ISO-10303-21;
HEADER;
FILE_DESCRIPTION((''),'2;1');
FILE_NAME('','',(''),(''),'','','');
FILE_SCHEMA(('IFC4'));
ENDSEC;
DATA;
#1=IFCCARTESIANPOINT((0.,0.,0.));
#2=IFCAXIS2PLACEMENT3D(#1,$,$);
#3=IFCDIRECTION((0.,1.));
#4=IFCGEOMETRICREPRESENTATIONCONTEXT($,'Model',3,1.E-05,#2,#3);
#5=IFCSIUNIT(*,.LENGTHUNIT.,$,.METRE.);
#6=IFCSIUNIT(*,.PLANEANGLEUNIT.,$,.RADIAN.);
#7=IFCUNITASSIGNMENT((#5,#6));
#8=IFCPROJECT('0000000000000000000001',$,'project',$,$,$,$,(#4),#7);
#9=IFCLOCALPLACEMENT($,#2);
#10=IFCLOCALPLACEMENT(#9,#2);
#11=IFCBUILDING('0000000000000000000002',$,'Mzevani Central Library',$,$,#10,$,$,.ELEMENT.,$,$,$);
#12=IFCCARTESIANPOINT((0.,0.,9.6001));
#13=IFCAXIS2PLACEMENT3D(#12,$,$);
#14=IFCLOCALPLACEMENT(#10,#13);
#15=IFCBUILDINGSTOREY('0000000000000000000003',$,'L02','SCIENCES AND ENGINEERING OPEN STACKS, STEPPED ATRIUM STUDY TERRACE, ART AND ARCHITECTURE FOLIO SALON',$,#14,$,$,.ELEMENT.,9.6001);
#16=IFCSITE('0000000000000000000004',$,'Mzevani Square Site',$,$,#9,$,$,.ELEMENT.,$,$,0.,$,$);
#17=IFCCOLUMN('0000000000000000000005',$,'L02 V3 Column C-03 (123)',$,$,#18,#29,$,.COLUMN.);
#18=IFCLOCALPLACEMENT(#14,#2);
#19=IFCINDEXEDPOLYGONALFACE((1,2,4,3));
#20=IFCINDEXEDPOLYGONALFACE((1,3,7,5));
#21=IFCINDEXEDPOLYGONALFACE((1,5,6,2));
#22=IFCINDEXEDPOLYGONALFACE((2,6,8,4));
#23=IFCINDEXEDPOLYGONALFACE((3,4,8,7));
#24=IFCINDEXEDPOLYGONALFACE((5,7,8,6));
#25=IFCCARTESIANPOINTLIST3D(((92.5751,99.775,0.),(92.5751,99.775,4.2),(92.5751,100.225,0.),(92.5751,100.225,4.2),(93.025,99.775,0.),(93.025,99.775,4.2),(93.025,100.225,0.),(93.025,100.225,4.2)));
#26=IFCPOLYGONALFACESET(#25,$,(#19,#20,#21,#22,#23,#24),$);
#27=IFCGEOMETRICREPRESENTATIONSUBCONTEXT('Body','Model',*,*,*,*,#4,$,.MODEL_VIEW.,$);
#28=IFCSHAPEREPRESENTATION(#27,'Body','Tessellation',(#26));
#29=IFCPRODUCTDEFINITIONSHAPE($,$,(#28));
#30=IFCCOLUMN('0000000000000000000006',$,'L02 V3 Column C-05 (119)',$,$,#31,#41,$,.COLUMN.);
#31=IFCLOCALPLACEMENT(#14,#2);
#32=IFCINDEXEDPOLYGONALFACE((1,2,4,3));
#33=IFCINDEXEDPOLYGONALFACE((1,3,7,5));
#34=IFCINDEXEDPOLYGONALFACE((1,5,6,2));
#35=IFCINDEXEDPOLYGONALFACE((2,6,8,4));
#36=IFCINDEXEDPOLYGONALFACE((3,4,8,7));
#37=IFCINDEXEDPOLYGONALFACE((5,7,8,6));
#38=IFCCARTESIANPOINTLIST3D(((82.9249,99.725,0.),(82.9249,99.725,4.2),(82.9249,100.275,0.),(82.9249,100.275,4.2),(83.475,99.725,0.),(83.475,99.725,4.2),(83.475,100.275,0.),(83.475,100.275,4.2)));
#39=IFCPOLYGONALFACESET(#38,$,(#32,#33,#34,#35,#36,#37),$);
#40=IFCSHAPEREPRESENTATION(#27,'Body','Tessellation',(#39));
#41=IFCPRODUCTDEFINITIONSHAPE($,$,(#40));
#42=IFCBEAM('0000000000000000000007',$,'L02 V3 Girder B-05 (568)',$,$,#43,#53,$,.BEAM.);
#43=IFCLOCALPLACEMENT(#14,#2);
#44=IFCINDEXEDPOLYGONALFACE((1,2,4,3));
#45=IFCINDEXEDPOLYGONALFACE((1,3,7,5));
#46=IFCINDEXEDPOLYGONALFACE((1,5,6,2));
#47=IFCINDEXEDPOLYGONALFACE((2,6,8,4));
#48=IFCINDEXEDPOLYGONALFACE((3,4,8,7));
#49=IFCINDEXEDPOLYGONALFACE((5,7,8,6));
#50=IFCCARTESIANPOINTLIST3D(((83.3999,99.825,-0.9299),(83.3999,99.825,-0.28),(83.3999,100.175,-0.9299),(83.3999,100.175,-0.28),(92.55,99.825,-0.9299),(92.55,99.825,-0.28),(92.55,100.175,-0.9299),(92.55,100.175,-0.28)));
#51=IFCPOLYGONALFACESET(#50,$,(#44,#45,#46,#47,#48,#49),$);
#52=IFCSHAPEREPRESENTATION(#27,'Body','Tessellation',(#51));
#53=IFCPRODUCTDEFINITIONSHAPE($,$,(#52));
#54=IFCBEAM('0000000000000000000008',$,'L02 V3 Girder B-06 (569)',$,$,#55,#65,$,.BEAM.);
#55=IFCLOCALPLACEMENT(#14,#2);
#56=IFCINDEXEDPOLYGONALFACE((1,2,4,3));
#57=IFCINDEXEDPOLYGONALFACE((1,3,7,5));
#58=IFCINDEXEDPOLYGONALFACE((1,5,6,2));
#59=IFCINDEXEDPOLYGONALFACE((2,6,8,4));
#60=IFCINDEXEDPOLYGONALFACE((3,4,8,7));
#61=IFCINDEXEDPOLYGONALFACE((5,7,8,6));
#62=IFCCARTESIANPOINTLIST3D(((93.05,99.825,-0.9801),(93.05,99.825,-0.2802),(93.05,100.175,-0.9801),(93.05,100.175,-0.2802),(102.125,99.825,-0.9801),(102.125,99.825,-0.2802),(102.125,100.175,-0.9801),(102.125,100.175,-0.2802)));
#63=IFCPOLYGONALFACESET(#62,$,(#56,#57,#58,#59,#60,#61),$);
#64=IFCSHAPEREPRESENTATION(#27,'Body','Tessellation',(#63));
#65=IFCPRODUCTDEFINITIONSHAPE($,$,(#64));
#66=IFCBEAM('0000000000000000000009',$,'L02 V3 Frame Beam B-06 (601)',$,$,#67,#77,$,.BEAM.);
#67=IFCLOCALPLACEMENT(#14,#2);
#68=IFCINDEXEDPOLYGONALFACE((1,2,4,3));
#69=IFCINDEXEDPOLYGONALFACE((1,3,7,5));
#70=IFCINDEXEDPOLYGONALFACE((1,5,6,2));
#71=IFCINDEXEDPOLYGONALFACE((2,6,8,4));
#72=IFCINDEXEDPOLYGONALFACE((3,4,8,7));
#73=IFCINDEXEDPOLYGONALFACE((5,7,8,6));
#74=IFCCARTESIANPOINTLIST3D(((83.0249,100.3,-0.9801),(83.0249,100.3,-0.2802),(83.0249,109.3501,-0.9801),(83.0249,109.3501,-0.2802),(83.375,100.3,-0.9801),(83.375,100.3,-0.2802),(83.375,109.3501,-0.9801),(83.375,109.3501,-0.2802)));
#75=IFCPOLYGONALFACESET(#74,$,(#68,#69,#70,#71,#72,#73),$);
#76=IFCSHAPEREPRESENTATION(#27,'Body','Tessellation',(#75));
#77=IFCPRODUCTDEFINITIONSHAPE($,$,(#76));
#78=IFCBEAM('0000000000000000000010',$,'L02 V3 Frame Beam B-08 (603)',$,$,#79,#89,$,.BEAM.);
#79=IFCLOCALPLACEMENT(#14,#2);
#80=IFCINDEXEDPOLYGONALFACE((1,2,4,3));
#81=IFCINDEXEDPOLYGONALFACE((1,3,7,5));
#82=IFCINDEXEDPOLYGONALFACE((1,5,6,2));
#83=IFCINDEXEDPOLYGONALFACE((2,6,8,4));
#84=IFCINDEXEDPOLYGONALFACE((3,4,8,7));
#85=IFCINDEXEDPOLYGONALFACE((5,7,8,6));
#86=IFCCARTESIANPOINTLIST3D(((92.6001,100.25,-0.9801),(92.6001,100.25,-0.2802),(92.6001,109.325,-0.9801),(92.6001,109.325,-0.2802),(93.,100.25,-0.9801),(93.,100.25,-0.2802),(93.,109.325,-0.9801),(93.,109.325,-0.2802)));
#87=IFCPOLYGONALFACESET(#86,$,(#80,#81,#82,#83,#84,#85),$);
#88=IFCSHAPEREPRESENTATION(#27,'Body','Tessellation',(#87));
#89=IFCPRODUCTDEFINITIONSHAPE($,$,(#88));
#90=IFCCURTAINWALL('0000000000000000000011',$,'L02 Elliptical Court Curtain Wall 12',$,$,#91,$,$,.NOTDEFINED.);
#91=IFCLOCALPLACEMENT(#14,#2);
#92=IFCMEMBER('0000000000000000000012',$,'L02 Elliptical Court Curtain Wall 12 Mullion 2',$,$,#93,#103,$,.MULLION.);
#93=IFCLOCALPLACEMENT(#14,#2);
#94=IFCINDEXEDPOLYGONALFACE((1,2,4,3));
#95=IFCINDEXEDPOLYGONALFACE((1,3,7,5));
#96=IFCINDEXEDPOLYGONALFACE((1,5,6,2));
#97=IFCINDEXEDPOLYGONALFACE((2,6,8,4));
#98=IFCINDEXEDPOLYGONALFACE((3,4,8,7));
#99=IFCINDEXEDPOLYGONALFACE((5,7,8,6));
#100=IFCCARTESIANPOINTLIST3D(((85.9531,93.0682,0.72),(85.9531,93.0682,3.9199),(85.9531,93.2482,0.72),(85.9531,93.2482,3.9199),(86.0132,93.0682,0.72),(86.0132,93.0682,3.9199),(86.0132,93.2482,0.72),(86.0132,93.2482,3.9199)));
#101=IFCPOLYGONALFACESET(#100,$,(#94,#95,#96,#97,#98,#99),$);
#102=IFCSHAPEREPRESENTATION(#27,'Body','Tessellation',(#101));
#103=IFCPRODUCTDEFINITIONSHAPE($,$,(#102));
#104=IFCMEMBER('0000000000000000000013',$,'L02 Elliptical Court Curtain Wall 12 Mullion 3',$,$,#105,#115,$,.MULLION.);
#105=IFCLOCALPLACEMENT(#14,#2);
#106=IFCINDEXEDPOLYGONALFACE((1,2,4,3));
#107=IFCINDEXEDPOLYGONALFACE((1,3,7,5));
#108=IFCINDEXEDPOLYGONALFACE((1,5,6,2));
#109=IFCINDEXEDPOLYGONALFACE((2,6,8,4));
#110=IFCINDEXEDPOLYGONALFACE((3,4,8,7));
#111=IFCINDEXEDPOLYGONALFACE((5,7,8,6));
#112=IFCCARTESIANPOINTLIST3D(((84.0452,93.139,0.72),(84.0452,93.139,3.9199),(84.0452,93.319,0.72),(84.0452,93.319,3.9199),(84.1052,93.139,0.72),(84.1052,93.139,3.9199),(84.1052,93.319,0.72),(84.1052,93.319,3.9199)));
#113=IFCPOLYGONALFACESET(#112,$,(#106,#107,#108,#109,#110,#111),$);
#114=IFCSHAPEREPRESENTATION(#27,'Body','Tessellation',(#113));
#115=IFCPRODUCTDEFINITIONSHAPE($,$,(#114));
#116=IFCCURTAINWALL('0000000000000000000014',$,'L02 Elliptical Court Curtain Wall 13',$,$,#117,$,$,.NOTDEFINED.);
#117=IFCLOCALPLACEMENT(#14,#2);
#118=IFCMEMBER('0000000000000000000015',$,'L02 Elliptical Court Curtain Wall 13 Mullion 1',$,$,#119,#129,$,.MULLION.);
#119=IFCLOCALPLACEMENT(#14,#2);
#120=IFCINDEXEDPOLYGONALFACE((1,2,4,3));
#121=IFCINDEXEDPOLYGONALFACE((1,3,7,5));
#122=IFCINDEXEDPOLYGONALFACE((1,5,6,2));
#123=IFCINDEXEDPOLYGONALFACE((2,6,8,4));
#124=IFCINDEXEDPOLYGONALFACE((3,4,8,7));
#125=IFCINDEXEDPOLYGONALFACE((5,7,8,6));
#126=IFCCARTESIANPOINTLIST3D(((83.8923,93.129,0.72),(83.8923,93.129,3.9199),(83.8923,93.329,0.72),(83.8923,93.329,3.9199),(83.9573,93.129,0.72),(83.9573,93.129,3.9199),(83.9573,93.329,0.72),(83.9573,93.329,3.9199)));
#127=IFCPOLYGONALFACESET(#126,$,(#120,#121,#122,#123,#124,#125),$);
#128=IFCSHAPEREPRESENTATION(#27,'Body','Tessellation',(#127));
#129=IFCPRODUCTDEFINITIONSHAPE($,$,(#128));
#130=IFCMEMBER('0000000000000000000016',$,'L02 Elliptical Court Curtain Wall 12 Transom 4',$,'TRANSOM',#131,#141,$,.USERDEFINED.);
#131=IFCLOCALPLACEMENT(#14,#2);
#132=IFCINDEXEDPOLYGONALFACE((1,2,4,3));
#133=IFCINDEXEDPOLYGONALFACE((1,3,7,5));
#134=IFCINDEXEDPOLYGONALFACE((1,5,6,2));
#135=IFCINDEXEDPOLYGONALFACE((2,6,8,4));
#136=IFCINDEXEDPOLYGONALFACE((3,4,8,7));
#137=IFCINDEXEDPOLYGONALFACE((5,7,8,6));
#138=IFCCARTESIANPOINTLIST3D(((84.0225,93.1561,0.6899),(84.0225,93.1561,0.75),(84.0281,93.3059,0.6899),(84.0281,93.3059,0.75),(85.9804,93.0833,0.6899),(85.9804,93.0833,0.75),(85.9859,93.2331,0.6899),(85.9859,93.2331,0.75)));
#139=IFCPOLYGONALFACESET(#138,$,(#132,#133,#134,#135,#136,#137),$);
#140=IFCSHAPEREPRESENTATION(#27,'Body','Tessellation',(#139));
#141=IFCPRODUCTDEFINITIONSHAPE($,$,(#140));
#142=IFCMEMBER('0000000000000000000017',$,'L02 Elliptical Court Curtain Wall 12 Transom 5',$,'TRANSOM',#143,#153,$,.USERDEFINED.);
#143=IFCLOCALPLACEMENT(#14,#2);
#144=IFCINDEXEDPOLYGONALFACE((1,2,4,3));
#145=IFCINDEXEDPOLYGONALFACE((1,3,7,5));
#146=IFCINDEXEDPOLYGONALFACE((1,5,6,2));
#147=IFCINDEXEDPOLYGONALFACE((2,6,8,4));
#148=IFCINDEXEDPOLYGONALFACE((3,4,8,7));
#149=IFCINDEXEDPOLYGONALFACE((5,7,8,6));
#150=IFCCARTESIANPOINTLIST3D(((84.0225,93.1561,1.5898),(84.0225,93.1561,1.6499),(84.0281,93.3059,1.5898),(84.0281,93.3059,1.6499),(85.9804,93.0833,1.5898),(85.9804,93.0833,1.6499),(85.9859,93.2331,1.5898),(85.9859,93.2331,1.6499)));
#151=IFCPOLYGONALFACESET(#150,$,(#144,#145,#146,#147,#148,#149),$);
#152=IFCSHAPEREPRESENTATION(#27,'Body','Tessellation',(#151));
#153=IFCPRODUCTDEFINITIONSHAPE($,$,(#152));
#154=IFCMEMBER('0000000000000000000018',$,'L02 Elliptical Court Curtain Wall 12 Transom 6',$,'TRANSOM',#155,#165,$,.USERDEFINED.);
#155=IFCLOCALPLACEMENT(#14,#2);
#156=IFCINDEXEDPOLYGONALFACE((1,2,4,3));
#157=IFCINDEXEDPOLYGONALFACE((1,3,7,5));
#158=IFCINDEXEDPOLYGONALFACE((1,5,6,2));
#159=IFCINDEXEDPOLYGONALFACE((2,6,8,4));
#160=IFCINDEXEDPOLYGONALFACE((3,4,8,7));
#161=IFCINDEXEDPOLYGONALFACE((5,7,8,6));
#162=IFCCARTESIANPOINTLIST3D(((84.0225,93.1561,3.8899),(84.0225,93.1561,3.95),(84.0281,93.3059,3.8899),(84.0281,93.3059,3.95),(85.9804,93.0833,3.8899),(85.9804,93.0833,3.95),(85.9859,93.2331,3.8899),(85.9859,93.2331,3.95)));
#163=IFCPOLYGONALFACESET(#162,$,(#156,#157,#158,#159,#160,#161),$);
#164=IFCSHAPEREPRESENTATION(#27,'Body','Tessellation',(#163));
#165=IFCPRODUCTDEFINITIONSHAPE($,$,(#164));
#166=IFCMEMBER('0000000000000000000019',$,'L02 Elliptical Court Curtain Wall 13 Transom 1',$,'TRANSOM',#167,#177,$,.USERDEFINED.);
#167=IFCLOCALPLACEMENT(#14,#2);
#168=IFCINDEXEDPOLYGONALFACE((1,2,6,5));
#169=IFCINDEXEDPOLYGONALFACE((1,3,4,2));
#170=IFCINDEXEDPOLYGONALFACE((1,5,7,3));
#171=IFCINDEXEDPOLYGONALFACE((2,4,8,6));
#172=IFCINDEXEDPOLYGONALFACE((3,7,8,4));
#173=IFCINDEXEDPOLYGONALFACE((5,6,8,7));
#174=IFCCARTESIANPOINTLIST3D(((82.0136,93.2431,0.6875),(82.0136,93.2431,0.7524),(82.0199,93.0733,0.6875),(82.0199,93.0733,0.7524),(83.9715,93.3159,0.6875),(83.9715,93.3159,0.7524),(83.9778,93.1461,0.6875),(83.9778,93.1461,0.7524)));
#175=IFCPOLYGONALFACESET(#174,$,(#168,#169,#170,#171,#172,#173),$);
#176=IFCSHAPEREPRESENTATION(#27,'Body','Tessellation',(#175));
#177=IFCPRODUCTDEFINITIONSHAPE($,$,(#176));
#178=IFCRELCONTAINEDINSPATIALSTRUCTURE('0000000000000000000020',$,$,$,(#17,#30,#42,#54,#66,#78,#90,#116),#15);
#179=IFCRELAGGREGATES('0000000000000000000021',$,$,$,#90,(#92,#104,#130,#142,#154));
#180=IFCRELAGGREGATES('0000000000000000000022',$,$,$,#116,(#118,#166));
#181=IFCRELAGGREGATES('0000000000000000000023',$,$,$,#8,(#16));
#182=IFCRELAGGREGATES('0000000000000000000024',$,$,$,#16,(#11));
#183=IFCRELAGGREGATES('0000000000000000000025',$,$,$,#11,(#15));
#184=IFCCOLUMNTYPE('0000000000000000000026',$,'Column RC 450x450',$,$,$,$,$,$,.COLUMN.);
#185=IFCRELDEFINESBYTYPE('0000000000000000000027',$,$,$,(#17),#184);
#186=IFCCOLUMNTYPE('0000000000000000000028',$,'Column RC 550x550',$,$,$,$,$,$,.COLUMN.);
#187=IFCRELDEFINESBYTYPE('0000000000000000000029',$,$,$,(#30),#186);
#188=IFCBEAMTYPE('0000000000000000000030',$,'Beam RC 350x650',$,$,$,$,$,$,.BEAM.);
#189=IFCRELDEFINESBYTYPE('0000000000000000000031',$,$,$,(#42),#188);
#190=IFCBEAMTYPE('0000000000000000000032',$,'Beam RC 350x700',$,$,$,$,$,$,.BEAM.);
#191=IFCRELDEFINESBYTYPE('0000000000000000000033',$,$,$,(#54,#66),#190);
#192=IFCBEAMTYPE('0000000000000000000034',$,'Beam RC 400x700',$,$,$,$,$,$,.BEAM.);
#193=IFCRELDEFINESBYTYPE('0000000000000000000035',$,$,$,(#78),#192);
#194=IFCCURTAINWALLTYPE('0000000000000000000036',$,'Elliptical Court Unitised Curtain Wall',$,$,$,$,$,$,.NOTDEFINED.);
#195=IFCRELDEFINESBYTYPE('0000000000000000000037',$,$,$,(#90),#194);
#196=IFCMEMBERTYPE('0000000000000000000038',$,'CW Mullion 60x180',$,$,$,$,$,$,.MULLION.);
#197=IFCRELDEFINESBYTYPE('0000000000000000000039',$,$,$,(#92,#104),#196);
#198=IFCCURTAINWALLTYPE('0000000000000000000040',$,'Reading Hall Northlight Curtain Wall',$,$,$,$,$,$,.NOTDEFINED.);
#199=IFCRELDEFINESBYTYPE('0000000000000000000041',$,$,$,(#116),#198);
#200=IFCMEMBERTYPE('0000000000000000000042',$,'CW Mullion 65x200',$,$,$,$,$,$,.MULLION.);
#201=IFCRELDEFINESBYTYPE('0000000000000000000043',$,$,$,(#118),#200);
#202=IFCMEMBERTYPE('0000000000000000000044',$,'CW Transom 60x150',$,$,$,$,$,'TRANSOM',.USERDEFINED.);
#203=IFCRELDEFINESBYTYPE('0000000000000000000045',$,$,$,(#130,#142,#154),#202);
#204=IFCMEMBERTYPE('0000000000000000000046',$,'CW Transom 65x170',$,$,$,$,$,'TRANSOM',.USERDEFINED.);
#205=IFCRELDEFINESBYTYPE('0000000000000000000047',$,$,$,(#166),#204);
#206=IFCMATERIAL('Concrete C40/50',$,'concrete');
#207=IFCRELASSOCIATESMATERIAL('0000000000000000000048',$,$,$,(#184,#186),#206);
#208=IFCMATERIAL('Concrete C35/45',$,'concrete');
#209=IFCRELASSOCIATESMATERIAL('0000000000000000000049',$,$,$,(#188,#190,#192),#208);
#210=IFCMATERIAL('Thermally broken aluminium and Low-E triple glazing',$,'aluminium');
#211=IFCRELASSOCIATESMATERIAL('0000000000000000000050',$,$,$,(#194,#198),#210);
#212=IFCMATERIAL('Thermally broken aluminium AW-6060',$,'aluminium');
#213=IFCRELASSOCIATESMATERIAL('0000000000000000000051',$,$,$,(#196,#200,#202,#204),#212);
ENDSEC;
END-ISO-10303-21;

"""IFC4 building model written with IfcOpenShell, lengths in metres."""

from ifc_helpers import new_model, si_unit, direction, frame, origin, origin_2d, place, context, subcontext, project, spatial, rectangle, extrude, material, material_profile, profile_set, type_object, element, aggregate, save


model = new_model("IFC4")

# Units and contexts
model_context = context("Model", 3, precision=1e-05, world=origin(), true_north=direction((0.0, 1.0)))
body_context = subcontext(model_context, "Body", "Model", "MODEL_VIEW")
ifc_project = project(units=[si_unit("LENGTHUNIT", "METRE"), si_unit("PLANEANGLEUNIT", "RADIAN")], contexts=[model_context])

# Site, building, storey
site_placement = place(None, origin())
site = spatial("IfcSite", under=ifc_project, at=site_placement, Name="Mzevani Square Site", CompositionType="ELEMENT", RefElevation=0.0)
building_placement = place(site_placement, origin())
building = spatial("IfcBuilding", under=site, at=building_placement, Name="Mzevani Central Library", CompositionType="ELEMENT")
storey_placement = place(building_placement, frame((0.0, 0.0, 9.6001)))
storey = spatial("IfcBuildingStorey", under=building, at=storey_placement, Name="L02", Description="SCIENCES AND ENGINEERING OPEN STACKS, STEPPED ATRIUM STUDY TERRACE, ART AND ARCHITECTURE FOLIO SALON", CompositionType="ELEMENT", Elevation=9.6001)

# Columns
ifc_material_1 = material(Name="Concrete C40/50", Category="concrete")
ifc_material_profile_1 = material_profile(ifc_material_1, rectangle(XDim=0.45, YDim=0.45, at=origin_2d()), Name="RC 450x450")
ifc_profile_set_1 = profile_set([ifc_material_profile_1], Name="Concrete C40/50")
column_type_1 = type_object("IfcColumnType", Name="Column RC 450x450", PredefinedType="COLUMN", material=ifc_profile_set_1)
column_1_placement = place(storey_placement, frame((92.8, 100.0, 0.0), z_axis=(0.0, 0.0, 1.0), x_axis=(1.0, 0.0, 0.0)))
element("IfcColumn", 1, at=column_1_placement, inside=storey, type_object=column_type_1, Name="L02 V3 Column C-03 (123)", PredefinedType="COLUMN", context=body_context, shape_type="SweptSolid", body=[
    extrude(rectangle(XDim=0.45, YDim=0.45, at=origin_2d()), origin(), (0.0, 0.0, 1.0), 4.2),
])
ifc_material_profile_2 = material_profile(ifc_material_1, rectangle(XDim=0.55, YDim=0.55, at=origin_2d()), Name="RC 550x550")
ifc_profile_set_2 = profile_set([ifc_material_profile_2], Name="Concrete C40/50")
column_type_2 = type_object("IfcColumnType", Name="Column RC 550x550", PredefinedType="COLUMN", material=ifc_profile_set_2)
column_2_placement = place(storey_placement, frame((83.2, 100.0, 0.0), z_axis=(0.0, 0.0, 1.0), x_axis=(1.0, 0.0, 0.0)))
element("IfcColumn", 2, at=column_2_placement, inside=storey, type_object=column_type_2, Name="L02 V3 Column C-05 (119)", PredefinedType="COLUMN", context=body_context, shape_type="SweptSolid", body=[
    extrude(rectangle(XDim=0.55, YDim=0.55, at=origin_2d()), origin(), (0.0, 0.0, 1.0), 4.2),
])

# Beams
ifc_material_2 = material(Name="Concrete C35/45", Category="concrete")
ifc_material_profile_3 = material_profile(ifc_material_2, rectangle(XDim=0.3501, YDim=0.6499, at=origin_2d()), Name="RC B350x650")
ifc_profile_set_3 = profile_set([ifc_material_profile_3], Name="Concrete C35/45")
beam_type_1 = type_object("IfcBeamType", Name="Beam RC 350x650", PredefinedType="BEAM", material=ifc_profile_set_3)
beam_1_placement = place(storey_placement, frame((83.3999, 100.0, -0.605), z_axis=(1.0, 0.0, 0.0), x_axis=(0.0, 1.0, 0.0)))
element("IfcBeam", 3, at=beam_1_placement, inside=storey, type_object=beam_type_1, Name="L02 V3 Girder B-05 (568)", PredefinedType="BEAM", context=body_context, shape_type="SweptSolid", body=[
    extrude(rectangle(XDim=0.3501, YDim=0.6499, at=origin_2d()), origin(), (0.0, 0.0, 1.0), 9.1501),
])
ifc_material_profile_4 = material_profile(ifc_material_2, rectangle(XDim=0.3501, YDim=0.7, at=origin_2d()), Name="RC B350x700")
ifc_profile_set_4 = profile_set([ifc_material_profile_4], Name="Concrete C35/45")
beam_type_2 = type_object("IfcBeamType", Name="Beam RC 350x700", PredefinedType="BEAM", material=ifc_profile_set_4)
beam_2_placement = place(storey_placement, frame((93.05, 100.0, -0.6301), z_axis=(1.0, 0.0, 0.0), x_axis=(0.0, 1.0, 0.0)))
element("IfcBeam", 4, at=beam_2_placement, inside=storey, type_object=beam_type_2, Name="L02 V3 Girder B-06 (569)", PredefinedType="BEAM", context=body_context, shape_type="SweptSolid", body=[
    extrude(rectangle(XDim=0.3501, YDim=0.7, at=origin_2d()), origin(), (0.0, 0.0, 1.0), 9.075),
])
beam_3_placement = place(storey_placement, frame((83.2, 100.3, -0.6301), z_axis=(0.0, 1.0, 0.0), x_axis=(-1.0, 0.0, 0.0)))
element("IfcBeam", 5, at=beam_3_placement, inside=storey, type_object=beam_type_2, Name="L02 V3 Frame Beam B-06 (601)", PredefinedType="BEAM", context=body_context, shape_type="SweptSolid", body=[
    extrude(rectangle(XDim=0.3501, YDim=0.7, at=origin_2d()), origin(), (0.0, 0.0, 1.0), 9.05),
])
ifc_material_profile_5 = material_profile(ifc_material_2, rectangle(XDim=0.3999, YDim=0.7, at=origin_2d()), Name="RC B400x700")
ifc_profile_set_5 = profile_set([ifc_material_profile_5], Name="Concrete C35/45")
beam_type_3 = type_object("IfcBeamType", Name="Beam RC 400x700", PredefinedType="BEAM", material=ifc_profile_set_5)
beam_4_placement = place(storey_placement, frame((92.8, 100.25, -0.6301), z_axis=(0.0, 1.0, 0.0), x_axis=(-1.0, 0.0, 0.0)))
element("IfcBeam", 6, at=beam_4_placement, inside=storey, type_object=beam_type_3, Name="L02 V3 Frame Beam B-08 (603)", PredefinedType="BEAM", context=body_context, shape_type="SweptSolid", body=[
    extrude(rectangle(XDim=0.3999, YDim=0.7, at=origin_2d()), origin(), (0.0, 0.0, 1.0), 9.075),
])

# Curtain wall, members
ifc_material_3 = material(Name="Thermally broken aluminium and Low-E triple glazing", Category="aluminium")
curtain_wall_type_1 = type_object("IfcCurtainWallType", Name="Elliptical Court Unitised Curtain Wall", PredefinedType="NOTDEFINED", material=ifc_material_3)
curtain_wall_1_placement = place(storey_placement, origin())
curtain_wall_1 = element("IfcCurtainWall", 7, at=curtain_wall_1_placement, inside=storey, type_object=curtain_wall_type_1, Name="L02 Elliptical Court Curtain Wall 12", PredefinedType="NOTDEFINED")
ifc_material_4 = material(Name="Thermally broken aluminium AW-6060", Category="aluminium")
ifc_material_profile_6 = material_profile(ifc_material_4, rectangle(XDim=0.0601, YDim=0.1799, at=origin_2d()), Name="ALU M60x180")
ifc_profile_set_6 = profile_set([ifc_material_profile_6], Name="Thermally broken aluminium AW-6060")
member_type_1 = type_object("IfcMemberType", Name="CW Mullion 60x180", PredefinedType="MULLION", material=ifc_profile_set_6)
member_1_placement = place(storey_placement, frame((85.9832, 93.1582, 0.72), z_axis=(0.0, 0.0, 1.0), x_axis=(1.0, 0.0, 0.0)))
member_1 = element("IfcMember", 8, at=member_1_placement, type_object=member_type_1, Name="L02 Elliptical Court Curtain Wall 12 Mullion 2", PredefinedType="MULLION", context=body_context, shape_type="SweptSolid", body=[
    extrude(rectangle(XDim=0.0601, YDim=0.1799, at=origin_2d()), origin(), (0.0, 0.0, 1.0), 3.2),
])
member_2_placement = place(storey_placement, frame((84.0752, 93.229, 0.72), z_axis=(0.0, 0.0, 1.0), x_axis=(1.0, 0.0, 0.0)))
member_2 = element("IfcMember", 9, at=member_2_placement, type_object=member_type_1, Name="L02 Elliptical Court Curtain Wall 12 Mullion 3", PredefinedType="MULLION", context=body_context, shape_type="SweptSolid", body=[
    extrude(rectangle(XDim=0.0601, YDim=0.1799, at=origin_2d()), origin(), (0.0, 0.0, 1.0), 3.2),
])

# Curtain wall, member
curtain_wall_type_2 = type_object("IfcCurtainWallType", Name="Reading Hall Northlight Curtain Wall", PredefinedType="NOTDEFINED", material=ifc_material_3)
curtain_wall_2_placement = place(storey_placement, origin())
curtain_wall_2 = element("IfcCurtainWall", 10, at=curtain_wall_2_placement, inside=storey, type_object=curtain_wall_type_2, Name="L02 Elliptical Court Curtain Wall 13", PredefinedType="NOTDEFINED")
ifc_material_profile_7 = material_profile(ifc_material_4, rectangle(XDim=0.0649, YDim=0.2, at=origin_2d()), Name="ALU M65x200")
ifc_profile_set_7 = profile_set([ifc_material_profile_7], Name="Thermally broken aluminium AW-6060")
member_type_2 = type_object("IfcMemberType", Name="CW Mullion 65x200", PredefinedType="MULLION", material=ifc_profile_set_7)
member_3_placement = place(storey_placement, frame((83.9248, 93.229, 0.72), z_axis=(0.0, 0.0, 1.0), x_axis=(1.0, 0.0, 0.0)))
member_3 = element("IfcMember", 11, at=member_3_placement, type_object=member_type_2, Name="L02 Elliptical Court Curtain Wall 13 Mullion 1", PredefinedType="MULLION", context=body_context, shape_type="SweptSolid", body=[
    extrude(rectangle(XDim=0.0649, YDim=0.2, at=origin_2d()), origin(), (0.0, 0.0, 1.0), 3.2),
])

# Members
ifc_material_profile_8 = material_profile(ifc_material_4, rectangle(XDim=0.1499, YDim=0.0601, at=origin_2d()), Name="ALU T60x150")
ifc_profile_set_8 = profile_set([ifc_material_profile_8], Name="Thermally broken aluminium AW-6060")
member_type_3 = type_object("IfcMemberType", Name="CW Transom 60x150", ElementType="TRANSOM", PredefinedType="USERDEFINED", material=ifc_profile_set_8)
member_4_placement = place(storey_placement, frame((85.9832, 93.1582, 0.72), z_axis=(-0.99931, 0.037136, 0.0), x_axis=(-0.037136, -0.99931, 0.0)))
member_4 = element("IfcMember", 12, at=member_4_placement, type_object=member_type_3, Name="L02 Elliptical Court Curtain Wall 12 Transom 4", ObjectType="TRANSOM", PredefinedType="USERDEFINED", context=body_context, shape_type="SweptSolid", body=[
    extrude(rectangle(XDim=0.1499, YDim=0.0601, at=origin_2d()), origin(), (0.0, 0.0, 1.0), 1.9592),
])
member_5_placement = place(storey_placement, frame((85.9832, 93.1582, 1.6199), z_axis=(-0.99931, 0.037136, 0.0), x_axis=(-0.037136, -0.99931, 0.0)))
member_5 = element("IfcMember", 13, at=member_5_placement, type_object=member_type_3, Name="L02 Elliptical Court Curtain Wall 12 Transom 5", ObjectType="TRANSOM", PredefinedType="USERDEFINED", context=body_context, shape_type="SweptSolid", body=[
    extrude(rectangle(XDim=0.1499, YDim=0.0601, at=origin_2d()), origin(), (0.0, 0.0, 1.0), 1.9592),
])
member_6_placement = place(storey_placement, frame((85.9832, 93.1582, 3.9199), z_axis=(-0.99931, 0.037136, 0.0), x_axis=(-0.037136, -0.99931, 0.0)))
member_6 = element("IfcMember", 14, at=member_6_placement, type_object=member_type_3, Name="L02 Elliptical Court Curtain Wall 12 Transom 6", ObjectType="TRANSOM", PredefinedType="USERDEFINED", context=body_context, shape_type="SweptSolid", body=[
    extrude(rectangle(XDim=0.1499, YDim=0.0601, at=origin_2d()), origin(), (0.0, 0.0, 1.0), 1.9592),
])
ifc_material_profile_9 = material_profile(ifc_material_4, rectangle(XDim=0.1699, YDim=0.0649, at=origin_2d()), Name="ALU T65x170")
ifc_profile_set_9 = profile_set([ifc_material_profile_9], Name="Thermally broken aluminium AW-6060")
member_type_4 = type_object("IfcMemberType", Name="CW Transom 65x170", ElementType="TRANSOM", PredefinedType="USERDEFINED", material=ifc_profile_set_9)
member_7_placement = place(storey_placement, frame((83.9746, 93.231, 0.72), z_axis=(-0.99931, -0.037136, 0.0), x_axis=(0.037136, -0.99931, 0.0)))
member_7 = element("IfcMember", 15, at=member_7_placement, type_object=member_type_4, Name="L02 Elliptical Court Curtain Wall 13 Transom 1", ObjectType="TRANSOM", PredefinedType="USERDEFINED", context=body_context, shape_type="SweptSolid", body=[
    extrude(rectangle(XDim=0.1699, YDim=0.0649, at=origin_2d()), origin(), (0.0, 0.0, 1.0), 1.9592),
])

aggregate(curtain_wall_1, [member_1, member_2, member_4, member_5, member_6])
aggregate(curtain_wall_2, [member_3, member_7])

save(model, "model.ifc")
